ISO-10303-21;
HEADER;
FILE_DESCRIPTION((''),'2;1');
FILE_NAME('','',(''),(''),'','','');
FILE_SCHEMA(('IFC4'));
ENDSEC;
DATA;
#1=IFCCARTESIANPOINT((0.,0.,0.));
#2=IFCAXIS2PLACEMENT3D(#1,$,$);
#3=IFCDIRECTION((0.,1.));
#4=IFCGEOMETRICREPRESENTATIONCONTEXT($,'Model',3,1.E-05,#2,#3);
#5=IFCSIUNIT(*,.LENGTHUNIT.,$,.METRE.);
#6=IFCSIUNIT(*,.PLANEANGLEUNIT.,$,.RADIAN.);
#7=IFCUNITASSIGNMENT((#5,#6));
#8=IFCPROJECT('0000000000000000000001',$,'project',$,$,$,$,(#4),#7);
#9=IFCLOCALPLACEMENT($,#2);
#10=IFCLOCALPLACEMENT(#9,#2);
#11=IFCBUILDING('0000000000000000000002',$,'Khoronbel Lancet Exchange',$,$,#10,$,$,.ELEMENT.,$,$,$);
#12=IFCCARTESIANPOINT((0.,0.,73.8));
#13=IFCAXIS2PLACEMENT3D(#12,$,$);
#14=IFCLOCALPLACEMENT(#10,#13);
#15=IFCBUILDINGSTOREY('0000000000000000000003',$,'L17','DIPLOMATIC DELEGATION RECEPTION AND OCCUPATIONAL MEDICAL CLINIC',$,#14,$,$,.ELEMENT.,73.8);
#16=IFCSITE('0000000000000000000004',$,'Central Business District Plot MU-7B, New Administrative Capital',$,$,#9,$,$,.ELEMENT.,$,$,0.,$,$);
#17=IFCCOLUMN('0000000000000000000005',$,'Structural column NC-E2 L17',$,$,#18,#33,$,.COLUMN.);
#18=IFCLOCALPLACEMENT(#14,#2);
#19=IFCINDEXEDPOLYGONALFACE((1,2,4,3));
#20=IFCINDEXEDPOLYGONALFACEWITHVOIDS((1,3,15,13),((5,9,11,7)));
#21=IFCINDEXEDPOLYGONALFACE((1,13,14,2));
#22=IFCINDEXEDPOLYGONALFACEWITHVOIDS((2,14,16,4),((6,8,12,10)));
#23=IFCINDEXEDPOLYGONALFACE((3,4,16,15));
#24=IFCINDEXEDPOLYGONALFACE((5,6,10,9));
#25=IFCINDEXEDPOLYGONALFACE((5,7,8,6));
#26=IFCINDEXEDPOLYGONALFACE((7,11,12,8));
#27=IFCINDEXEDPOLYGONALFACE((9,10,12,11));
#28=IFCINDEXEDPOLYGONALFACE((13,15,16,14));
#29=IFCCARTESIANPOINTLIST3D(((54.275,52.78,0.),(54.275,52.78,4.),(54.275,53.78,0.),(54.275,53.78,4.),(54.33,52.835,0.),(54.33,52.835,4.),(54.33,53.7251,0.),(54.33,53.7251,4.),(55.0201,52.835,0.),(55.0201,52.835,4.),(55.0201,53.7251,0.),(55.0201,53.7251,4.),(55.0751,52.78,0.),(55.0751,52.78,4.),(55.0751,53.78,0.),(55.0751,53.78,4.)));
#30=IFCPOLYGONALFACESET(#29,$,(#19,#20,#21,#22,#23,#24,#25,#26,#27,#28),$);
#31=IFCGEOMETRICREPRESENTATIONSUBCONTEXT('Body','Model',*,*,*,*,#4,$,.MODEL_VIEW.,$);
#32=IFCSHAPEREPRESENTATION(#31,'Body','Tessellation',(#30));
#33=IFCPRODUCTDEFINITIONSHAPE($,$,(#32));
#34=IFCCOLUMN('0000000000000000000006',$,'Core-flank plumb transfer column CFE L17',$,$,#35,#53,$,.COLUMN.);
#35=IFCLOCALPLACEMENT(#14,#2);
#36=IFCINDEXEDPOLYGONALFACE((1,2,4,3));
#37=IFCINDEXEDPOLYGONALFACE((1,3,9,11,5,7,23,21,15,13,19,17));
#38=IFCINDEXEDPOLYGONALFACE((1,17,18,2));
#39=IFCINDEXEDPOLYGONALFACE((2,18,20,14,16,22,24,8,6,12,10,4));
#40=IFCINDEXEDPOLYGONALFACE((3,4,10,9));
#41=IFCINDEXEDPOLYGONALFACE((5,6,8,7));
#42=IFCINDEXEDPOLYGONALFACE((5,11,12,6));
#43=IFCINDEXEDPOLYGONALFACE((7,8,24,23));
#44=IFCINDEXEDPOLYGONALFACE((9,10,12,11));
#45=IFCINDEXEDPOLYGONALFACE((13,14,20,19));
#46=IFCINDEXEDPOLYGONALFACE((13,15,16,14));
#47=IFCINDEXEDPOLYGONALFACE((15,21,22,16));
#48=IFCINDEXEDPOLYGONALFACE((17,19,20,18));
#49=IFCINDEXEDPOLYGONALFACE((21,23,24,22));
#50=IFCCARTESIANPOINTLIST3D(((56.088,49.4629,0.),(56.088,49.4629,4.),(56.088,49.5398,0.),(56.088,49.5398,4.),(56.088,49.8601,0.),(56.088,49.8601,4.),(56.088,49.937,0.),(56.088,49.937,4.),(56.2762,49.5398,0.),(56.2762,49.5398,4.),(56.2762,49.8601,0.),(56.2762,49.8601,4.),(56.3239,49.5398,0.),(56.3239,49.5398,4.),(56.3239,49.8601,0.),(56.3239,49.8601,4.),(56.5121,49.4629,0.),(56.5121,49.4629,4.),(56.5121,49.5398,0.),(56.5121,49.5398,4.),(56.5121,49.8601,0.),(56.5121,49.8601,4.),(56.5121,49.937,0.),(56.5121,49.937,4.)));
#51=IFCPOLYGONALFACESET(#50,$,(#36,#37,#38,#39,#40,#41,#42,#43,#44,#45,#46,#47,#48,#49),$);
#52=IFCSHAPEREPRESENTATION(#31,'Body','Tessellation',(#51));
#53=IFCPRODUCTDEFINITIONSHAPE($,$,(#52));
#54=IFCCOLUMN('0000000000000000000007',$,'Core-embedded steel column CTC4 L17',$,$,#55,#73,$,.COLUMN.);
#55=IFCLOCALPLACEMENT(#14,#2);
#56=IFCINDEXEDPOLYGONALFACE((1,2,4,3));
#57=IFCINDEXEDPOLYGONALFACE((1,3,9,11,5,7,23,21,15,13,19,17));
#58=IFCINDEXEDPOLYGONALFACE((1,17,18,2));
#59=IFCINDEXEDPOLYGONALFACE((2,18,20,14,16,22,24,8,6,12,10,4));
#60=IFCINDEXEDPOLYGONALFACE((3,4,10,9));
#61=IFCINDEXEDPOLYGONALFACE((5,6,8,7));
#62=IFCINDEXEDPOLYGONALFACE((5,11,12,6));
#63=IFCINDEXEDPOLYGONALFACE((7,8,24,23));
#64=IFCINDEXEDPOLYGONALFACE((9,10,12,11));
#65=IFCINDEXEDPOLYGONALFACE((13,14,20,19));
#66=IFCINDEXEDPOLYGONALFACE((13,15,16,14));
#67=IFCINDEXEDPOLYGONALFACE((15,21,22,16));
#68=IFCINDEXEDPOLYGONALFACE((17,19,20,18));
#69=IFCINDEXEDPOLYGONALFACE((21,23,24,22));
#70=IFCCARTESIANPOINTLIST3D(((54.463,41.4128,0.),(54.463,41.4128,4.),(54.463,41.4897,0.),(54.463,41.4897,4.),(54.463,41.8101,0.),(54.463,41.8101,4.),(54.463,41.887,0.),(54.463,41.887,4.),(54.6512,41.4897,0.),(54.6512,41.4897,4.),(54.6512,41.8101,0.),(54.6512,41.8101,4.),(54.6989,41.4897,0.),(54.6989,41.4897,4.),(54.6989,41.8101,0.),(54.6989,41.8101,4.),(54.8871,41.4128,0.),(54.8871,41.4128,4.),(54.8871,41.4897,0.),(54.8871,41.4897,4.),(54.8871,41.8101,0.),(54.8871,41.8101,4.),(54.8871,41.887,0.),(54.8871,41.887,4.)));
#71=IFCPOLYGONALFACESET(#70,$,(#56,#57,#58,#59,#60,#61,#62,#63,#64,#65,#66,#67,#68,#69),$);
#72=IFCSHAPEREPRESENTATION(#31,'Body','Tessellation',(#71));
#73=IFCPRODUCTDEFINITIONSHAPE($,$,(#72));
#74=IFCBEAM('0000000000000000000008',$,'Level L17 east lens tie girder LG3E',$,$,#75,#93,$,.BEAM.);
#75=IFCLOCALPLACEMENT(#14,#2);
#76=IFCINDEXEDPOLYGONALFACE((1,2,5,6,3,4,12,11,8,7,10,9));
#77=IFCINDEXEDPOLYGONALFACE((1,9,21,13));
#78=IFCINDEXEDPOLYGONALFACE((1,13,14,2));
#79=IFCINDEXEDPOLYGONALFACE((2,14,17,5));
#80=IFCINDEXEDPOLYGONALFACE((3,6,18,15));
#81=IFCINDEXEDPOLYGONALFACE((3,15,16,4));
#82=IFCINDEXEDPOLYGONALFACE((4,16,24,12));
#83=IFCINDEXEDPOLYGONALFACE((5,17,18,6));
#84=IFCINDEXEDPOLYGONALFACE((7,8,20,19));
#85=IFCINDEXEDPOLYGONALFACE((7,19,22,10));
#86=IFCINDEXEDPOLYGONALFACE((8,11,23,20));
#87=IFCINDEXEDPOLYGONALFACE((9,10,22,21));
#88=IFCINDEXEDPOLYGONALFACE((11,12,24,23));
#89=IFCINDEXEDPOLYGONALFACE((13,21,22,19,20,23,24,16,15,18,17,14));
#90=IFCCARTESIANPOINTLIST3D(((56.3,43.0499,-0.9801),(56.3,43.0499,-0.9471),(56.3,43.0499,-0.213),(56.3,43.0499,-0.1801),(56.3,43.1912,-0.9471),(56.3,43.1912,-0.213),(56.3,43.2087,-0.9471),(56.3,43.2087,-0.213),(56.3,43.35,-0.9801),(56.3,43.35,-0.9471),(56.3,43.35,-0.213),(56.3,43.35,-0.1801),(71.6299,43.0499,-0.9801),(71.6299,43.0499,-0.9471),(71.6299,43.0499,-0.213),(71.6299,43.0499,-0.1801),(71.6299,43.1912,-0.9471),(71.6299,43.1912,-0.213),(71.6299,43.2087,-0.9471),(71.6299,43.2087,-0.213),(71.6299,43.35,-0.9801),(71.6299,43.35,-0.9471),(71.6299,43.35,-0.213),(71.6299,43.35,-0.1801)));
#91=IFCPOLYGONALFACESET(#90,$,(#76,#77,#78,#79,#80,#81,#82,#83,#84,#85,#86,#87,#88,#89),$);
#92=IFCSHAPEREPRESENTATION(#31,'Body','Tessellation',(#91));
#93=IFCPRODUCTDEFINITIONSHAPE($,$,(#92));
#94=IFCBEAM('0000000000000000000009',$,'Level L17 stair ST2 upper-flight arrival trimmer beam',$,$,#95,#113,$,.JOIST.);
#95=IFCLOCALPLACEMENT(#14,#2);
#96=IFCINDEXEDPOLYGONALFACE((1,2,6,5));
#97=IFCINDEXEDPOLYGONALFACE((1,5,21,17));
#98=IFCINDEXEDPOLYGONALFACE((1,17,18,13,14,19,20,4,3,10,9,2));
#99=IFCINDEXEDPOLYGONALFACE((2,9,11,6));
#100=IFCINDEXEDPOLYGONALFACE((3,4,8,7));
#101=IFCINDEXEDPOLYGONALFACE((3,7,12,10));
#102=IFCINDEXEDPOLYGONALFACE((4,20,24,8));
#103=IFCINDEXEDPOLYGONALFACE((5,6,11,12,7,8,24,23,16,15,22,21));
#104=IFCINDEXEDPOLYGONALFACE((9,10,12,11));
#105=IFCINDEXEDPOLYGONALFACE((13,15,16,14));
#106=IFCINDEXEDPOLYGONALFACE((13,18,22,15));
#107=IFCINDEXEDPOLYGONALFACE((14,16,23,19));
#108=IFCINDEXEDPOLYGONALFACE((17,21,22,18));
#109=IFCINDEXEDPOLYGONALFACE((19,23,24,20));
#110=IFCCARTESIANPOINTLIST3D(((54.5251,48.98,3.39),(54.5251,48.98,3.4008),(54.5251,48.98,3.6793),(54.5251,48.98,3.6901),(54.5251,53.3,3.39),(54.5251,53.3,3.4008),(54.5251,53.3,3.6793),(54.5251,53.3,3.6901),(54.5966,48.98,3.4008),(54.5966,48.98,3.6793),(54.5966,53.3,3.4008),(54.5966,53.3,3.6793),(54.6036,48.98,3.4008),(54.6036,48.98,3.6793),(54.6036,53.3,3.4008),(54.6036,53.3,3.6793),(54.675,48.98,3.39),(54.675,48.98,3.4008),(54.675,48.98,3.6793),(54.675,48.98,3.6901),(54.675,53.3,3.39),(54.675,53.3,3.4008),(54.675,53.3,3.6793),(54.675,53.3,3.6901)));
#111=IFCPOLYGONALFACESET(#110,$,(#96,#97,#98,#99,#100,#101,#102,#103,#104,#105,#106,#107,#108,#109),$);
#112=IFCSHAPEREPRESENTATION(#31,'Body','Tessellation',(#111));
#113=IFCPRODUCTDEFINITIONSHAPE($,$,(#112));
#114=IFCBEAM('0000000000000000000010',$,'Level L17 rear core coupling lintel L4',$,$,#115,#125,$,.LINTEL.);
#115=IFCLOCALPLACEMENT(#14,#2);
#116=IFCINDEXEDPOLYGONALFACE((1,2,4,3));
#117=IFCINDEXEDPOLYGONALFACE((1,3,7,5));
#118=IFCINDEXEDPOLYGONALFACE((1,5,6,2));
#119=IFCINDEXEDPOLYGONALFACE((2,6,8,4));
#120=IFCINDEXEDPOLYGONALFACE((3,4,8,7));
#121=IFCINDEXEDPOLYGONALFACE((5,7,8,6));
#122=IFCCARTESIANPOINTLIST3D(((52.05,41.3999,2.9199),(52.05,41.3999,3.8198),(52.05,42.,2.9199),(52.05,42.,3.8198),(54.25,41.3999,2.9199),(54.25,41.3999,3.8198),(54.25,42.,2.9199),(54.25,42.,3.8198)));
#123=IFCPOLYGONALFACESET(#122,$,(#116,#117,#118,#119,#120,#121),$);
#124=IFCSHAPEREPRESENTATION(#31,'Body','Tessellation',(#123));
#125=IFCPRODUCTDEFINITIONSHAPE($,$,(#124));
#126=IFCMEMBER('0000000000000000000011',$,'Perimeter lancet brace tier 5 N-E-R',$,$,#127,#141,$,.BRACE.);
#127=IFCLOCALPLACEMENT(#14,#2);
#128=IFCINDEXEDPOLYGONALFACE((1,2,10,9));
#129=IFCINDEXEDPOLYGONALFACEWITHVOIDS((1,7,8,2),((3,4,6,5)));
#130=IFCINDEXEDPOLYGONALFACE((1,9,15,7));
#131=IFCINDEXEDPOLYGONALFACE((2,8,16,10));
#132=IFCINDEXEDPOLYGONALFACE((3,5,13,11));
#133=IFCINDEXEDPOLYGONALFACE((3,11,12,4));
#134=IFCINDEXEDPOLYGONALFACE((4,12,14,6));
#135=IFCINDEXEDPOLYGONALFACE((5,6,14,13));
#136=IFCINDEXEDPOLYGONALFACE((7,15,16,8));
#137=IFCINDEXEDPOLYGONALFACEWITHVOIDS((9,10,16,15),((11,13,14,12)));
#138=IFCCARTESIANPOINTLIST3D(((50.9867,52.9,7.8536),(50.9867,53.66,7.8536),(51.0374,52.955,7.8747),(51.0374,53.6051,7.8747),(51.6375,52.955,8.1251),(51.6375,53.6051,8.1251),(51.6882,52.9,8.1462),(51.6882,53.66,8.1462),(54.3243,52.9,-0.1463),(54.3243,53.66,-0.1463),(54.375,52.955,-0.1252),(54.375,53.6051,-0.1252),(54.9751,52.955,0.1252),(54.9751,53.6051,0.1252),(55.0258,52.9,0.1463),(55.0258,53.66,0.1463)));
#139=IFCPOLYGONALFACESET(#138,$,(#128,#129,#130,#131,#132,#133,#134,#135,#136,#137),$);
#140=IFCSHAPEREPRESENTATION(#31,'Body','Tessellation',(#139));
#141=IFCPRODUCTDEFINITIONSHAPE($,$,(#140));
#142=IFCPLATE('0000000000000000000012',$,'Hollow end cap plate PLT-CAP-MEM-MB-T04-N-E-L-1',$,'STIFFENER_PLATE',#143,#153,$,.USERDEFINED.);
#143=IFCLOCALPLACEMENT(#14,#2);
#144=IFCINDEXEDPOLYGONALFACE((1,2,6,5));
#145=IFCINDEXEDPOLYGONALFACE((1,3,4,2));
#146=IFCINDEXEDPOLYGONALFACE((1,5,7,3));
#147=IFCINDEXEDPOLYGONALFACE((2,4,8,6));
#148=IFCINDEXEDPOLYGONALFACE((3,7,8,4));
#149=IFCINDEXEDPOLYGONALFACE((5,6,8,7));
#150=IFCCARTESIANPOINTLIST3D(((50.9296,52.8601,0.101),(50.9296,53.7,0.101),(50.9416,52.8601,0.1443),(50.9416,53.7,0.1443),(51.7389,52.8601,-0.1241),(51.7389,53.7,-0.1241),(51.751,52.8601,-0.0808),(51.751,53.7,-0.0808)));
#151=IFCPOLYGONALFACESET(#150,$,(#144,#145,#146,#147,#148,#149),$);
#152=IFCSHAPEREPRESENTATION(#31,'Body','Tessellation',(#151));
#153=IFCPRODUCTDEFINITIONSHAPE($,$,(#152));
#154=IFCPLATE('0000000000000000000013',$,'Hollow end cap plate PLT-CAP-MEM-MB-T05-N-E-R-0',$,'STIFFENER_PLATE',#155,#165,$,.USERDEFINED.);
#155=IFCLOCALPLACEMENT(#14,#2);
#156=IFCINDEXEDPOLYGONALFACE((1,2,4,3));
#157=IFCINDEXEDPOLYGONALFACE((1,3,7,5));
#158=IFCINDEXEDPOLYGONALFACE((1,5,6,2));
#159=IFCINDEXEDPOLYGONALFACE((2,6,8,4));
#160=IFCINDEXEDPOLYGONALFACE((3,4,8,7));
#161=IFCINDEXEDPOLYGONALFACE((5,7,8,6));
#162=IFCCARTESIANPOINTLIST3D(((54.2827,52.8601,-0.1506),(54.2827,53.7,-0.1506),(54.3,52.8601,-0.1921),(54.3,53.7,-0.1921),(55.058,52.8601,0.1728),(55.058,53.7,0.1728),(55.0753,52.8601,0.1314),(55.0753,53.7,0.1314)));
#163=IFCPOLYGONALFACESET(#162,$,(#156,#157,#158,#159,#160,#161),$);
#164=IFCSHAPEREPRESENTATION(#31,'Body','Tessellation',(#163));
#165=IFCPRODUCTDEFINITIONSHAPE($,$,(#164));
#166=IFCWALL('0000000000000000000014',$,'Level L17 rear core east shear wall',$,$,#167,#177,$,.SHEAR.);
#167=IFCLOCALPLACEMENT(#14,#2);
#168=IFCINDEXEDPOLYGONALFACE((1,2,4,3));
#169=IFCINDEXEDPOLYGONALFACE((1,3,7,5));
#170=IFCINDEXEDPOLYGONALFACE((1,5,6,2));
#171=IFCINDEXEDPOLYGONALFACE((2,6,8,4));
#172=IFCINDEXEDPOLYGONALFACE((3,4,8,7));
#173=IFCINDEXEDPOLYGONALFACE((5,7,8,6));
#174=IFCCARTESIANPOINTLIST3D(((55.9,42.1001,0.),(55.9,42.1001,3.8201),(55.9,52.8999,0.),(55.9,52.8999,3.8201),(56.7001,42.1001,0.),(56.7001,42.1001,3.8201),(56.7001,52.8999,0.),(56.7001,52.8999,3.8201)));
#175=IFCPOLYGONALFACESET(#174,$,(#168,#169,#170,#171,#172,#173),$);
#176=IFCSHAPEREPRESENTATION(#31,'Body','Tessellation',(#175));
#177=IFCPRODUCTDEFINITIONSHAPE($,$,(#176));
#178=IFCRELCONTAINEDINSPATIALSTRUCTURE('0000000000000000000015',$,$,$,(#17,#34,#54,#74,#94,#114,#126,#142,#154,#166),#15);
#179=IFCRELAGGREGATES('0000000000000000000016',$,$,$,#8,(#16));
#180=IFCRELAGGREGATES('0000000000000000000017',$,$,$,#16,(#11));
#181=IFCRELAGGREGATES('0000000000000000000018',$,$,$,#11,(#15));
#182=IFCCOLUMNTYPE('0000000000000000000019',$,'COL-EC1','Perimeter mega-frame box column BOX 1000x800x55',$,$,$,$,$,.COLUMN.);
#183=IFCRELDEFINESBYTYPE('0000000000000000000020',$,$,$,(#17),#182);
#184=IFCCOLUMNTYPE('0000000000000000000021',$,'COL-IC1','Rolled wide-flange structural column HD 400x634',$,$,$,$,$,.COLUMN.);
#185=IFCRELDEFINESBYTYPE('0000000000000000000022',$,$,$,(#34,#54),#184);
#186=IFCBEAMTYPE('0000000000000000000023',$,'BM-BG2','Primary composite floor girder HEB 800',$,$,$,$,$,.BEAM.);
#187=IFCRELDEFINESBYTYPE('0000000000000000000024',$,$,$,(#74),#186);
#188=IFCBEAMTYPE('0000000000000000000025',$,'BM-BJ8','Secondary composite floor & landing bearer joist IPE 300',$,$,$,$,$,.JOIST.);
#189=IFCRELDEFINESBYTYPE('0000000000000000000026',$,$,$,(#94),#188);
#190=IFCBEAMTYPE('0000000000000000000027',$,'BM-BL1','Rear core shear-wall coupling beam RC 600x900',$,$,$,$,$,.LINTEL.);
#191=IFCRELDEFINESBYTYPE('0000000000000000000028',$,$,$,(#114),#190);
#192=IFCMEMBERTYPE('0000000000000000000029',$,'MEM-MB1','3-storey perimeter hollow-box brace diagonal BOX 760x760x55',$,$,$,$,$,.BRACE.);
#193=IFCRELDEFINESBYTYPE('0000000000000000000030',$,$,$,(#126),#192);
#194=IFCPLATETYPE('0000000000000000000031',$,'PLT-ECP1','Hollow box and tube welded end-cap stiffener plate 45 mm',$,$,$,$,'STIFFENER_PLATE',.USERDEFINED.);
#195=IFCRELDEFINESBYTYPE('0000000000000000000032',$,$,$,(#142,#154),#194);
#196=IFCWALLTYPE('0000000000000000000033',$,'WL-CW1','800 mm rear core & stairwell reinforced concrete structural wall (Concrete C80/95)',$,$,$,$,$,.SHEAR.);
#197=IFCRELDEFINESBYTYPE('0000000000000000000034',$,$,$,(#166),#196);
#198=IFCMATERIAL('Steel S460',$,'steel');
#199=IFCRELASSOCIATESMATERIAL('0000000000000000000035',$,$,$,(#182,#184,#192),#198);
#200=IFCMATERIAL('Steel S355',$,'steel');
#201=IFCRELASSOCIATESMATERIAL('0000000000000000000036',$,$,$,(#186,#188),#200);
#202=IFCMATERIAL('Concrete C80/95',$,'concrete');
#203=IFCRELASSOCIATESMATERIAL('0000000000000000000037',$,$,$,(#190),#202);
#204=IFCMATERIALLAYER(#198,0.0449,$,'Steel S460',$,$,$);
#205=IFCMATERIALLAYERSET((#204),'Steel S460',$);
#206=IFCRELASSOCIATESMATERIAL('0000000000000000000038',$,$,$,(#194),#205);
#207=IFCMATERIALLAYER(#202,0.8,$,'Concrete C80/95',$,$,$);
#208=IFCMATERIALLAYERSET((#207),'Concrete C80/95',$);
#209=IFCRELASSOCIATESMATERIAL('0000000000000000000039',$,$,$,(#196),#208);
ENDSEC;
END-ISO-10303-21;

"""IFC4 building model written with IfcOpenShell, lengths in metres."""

from ifc_helpers import new_model, si_unit, direction, frame, frame_2d, origin, origin_2d, place, context, subcontext, project, spatial, polyline, rectangle, hollow_rectangle, i_section, outline, extrude, material, layer, layer_set, material_profile, profile_set, type_object, element, save


model = new_model("IFC4")

# Units and contexts
model_context = context("Model", 3, precision=1e-05, world=origin(), true_north=direction((0.0, 1.0)))
body_context = subcontext(model_context, "Body", "Model", "MODEL_VIEW")
ifc_project = project(units=[si_unit("LENGTHUNIT", "METRE"), si_unit("PLANEANGLEUNIT", "RADIAN")], contexts=[model_context])

# Site, building, storey
site_placement = place(None, origin())
site = spatial("IfcSite", under=ifc_project, at=site_placement, Name="Central Business District Plot MU-7B, New Administrative Capital", CompositionType="ELEMENT", RefElevation=0.0)
building_placement = place(site_placement, origin())
building = spatial("IfcBuilding", under=site, at=building_placement, Name="Khoronbel Lancet Exchange", CompositionType="ELEMENT")
storey_placement = place(building_placement, frame((0.0, 0.0, 73.8)))
storey = spatial("IfcBuildingStorey", under=building, at=storey_placement, Name="L17", Description="DIPLOMATIC DELEGATION RECEPTION AND OCCUPATIONAL MEDICAL CLINIC", CompositionType="ELEMENT", Elevation=73.8)

# Columns
ifc_material_1 = material(Name="Steel S460", Category="steel")
ifc_material_profile_1 = material_profile(ifc_material_1, hollow_rectangle(XDim=0.8, YDim=1.0, WallThickness=0.0549, at=origin_2d()), Name="BOX 1000x800x55")
ifc_profile_set_1 = profile_set([ifc_material_profile_1], Name="Steel S460")
column_type_1 = type_object("IfcColumnType", Name="COL-EC1", Description="Perimeter mega-frame box column BOX 1000x800x55", PredefinedType="COLUMN", material=ifc_profile_set_1)
column_placement = place(storey_placement, frame((54.675, 53.28, 0.0), z_axis=(0.0, 0.0, 1.0), x_axis=(1.0, 0.0, 0.0)))
element("IfcColumn", 1, at=column_placement, inside=storey, type_object=column_type_1, Name="Structural column NC-E2 L17", PredefinedType="COLUMN", context=body_context, shape_type="SweptSolid", body=[
    extrude(hollow_rectangle(XDim=0.8, YDim=1.0, WallThickness=0.0549, at=origin_2d()), origin(), (0.0, 0.0, 1.0), 4.0),
])
ifc_material_profile_2 = material_profile(ifc_material_1, i_section(OverallWidth=0.4241, OverallDepth=0.4741, WebThickness=0.0476, FlangeThickness=0.0769, at=origin_2d()), Name="HD 400x634")
ifc_profile_set_2 = profile_set([ifc_material_profile_2], Name="Steel S460")
column_type_2 = type_object("IfcColumnType", Name="COL-IC1", Description="Rolled wide-flange structural column HD 400x634", PredefinedType="COLUMN", material=ifc_profile_set_2)
for number, where, z_axis, x_axis, name in (
    (2, (56.3, 49.7, 0.0), (0.0, 0.0, 1.0), (1.0, 0.0, 0.0), "Core-flank plumb transfer column CFE L17"),
    (3, (54.675, 41.6499, 0.0), (0.0, 0.0, 1.0), (1.0, 0.0, 0.0), "Core-embedded steel column CTC4 L17"),
):
    element("IfcColumn", number, at=place(storey_placement, frame(where, z_axis=z_axis, x_axis=x_axis)), inside=storey, type_object=column_type_2, Name=name, PredefinedType="COLUMN", context=body_context, shape_type="SweptSolid", body=[
        extrude(i_section(OverallWidth=0.4241, OverallDepth=0.4741, WebThickness=0.0476, FlangeThickness=0.0769, at=origin_2d()), origin(), (0.0, 0.0, 1.0), 4.0),
    ])

# Beams
ifc_material_2 = material(Name="Steel S355", Category="steel")
ifc_material_profile_3 = material_profile(ifc_material_2, i_section(OverallWidth=0.3, OverallDepth=0.8, WebThickness=0.0176, FlangeThickness=0.033, at=origin_2d()), Name="HEB 800")
ifc_profile_set_3 = profile_set([ifc_material_profile_3], Name="Steel S355")
beam_type_1 = type_object("IfcBeamType", Name="BM-BG2", Description="Primary composite floor girder HEB 800", PredefinedType="BEAM", material=ifc_profile_set_3)
beam_1_placement = place(storey_placement, frame((56.3, 43.2, -0.5801), z_axis=(1.0, 0.0, 0.0), x_axis=(0.0, 1.0, 0.0)))
element("IfcBeam", 4, at=beam_1_placement, inside=storey, type_object=beam_type_1, Name="Level L17 east lens tie girder LG3E", PredefinedType="BEAM", context=body_context, shape_type="SweptSolid", body=[
    extrude(i_section(OverallWidth=0.3, OverallDepth=0.8, WebThickness=0.0176, FlangeThickness=0.033, at=origin_2d()), origin(), (0.0, 0.0, 1.0), 15.3298),
])
ifc_material_profile_4 = material_profile(ifc_material_2, i_section(OverallWidth=0.1499, OverallDepth=0.3, WebThickness=0.0071, FlangeThickness=0.0107, at=origin_2d()), Name="IPE 300")
ifc_profile_set_4 = profile_set([ifc_material_profile_4], Name="Steel S355")
beam_type_2 = type_object("IfcBeamType", Name="BM-BJ8", Description="Secondary composite floor & landing bearer joist IPE 300", PredefinedType="JOIST", material=ifc_profile_set_4)
beam_2_placement = place(storey_placement, frame((54.6001, 48.98, 3.54), z_axis=(0.0, 1.0, 0.0), x_axis=(-1.0, 0.0, 0.0)))
element("IfcBeam", 5, at=beam_2_placement, inside=storey, type_object=beam_type_2, Name="Level L17 stair ST2 upper-flight arrival trimmer beam", PredefinedType="JOIST", context=body_context, shape_type="SweptSolid", body=[
    extrude(i_section(OverallWidth=0.1499, OverallDepth=0.3, WebThickness=0.0071, FlangeThickness=0.0107, at=origin_2d()), origin(), (0.0, 0.0, 1.0), 4.3201),
])
ifc_material_3 = material(Name="Concrete C80/95", Category="concrete")
ifc_material_profile_5 = material_profile(ifc_material_3, rectangle(XDim=0.6001, YDim=0.8999, at=origin_2d()), Name="RC 600x900")
ifc_profile_set_5 = profile_set([ifc_material_profile_5], Name="Concrete C80/95")
beam_type_3 = type_object("IfcBeamType", Name="BM-BL1", Description="Rear core shear-wall coupling beam RC 600x900", PredefinedType="LINTEL", material=ifc_profile_set_5)
beam_3_placement = place(storey_placement, frame((52.05, 41.7, 3.3699), z_axis=(1.0, 0.0, 0.0), x_axis=(0.0, 1.0, 0.0)))
element("IfcBeam", 6, at=beam_3_placement, inside=storey, type_object=beam_type_3, Name="Level L17 rear core coupling lintel L4", PredefinedType="LINTEL", context=body_context, shape_type="SweptSolid", body=[
    extrude(rectangle(XDim=0.6001, YDim=0.8999, at=origin_2d()), origin(), (0.0, 0.0, 1.0), 2.2),
])

# Member
ifc_material_profile_6 = material_profile(ifc_material_1, hollow_rectangle(XDim=0.76, YDim=0.76, WallThickness=0.0549, at=origin_2d()), Name="BOX 760x760x55")
ifc_profile_set_6 = profile_set([ifc_material_profile_6], Name="Steel S460")
member_type = type_object("IfcMemberType", Name="MEM-MB1", Description="3-storey perimeter hollow-box brace diagonal BOX 760x760x55", PredefinedType="BRACE", material=ifc_profile_set_6)
member_placement = place(storey_placement, frame((54.675, 53.28, 0.0), z_axis=(-0.385039, 0.0, 0.9229), x_axis=(0.0, -1.0, 0.0)))
element("IfcMember", 7, at=member_placement, inside=storey, type_object=member_type, Name="Perimeter lancet brace tier 5 N-E-R", PredefinedType="BRACE", context=body_context, shape_type="SweptSolid", body=[
    extrude(hollow_rectangle(XDim=0.76, YDim=0.76, WallThickness=0.0549, at=origin_2d()), origin(), (0.0, 0.0, 1.0), 8.6682),
])

# Plates
ifc_layer_1 = layer(ifc_material_1, 0.0449, Name="Steel S460")
ifc_layer_set_1 = layer_set([ifc_layer_1], Name="Steel S460")
plate_type = type_object("IfcPlateType", Name="PLT-ECP1", Description="Hollow box and tube welded end-cap stiffener plate 45 mm", ElementType="STIFFENER_PLATE", PredefinedType="USERDEFINED", material=ifc_layer_set_1)
for number, where, z_axis, x_axis, name in (
    (8, (51.751, 52.8601, -0.0808), (0.267959, 0.0, 0.96343), (0.0, 1.0, 0.0), "Hollow end cap plate PLT-CAP-MEM-MB-T04-N-E-L-1"),
    (9, (54.2827, 53.7, -0.1506), (-0.385028, 0.0, 0.922905), (0.0, -1.0, 0.0), "Hollow end cap plate PLT-CAP-MEM-MB-T05-N-E-R-0"),
):
    element("IfcPlate", number, at=place(storey_placement, frame(where, z_axis=z_axis, x_axis=x_axis)), inside=storey, type_object=plate_type, Name=name, ObjectType="STIFFENER_PLATE", PredefinedType="USERDEFINED", context=body_context, shape_type="SweptSolid", body=[
        extrude(outline(polyline([(0.0, 0.0), (0.8398, 0.0), (0.8398, 0.8401), (0.0, 0.8401), (0.0, 0.0)])), origin(), (0.0, 0.0, -1.0), 0.0449),
    ])

# Wall
ifc_layer_2 = layer(ifc_material_3, 0.8, Name="Concrete C80/95")
ifc_layer_set_2 = layer_set([ifc_layer_2], Name="Concrete C80/95")
wall_type_1 = type_object("IfcWallType", Name="WL-CW1", Description="800 mm rear core & stairwell reinforced concrete structural wall (Concrete C80/95)", PredefinedType="SHEAR", material=ifc_layer_set_2)
wall_1_placement = place(storey_placement, frame((56.3, 52.8999, 0.0), z_axis=(0.0, 0.0, 1.0), x_axis=(0.0, -1.0, 0.0)))
element("IfcWall", 10, at=wall_1_placement, inside=storey, type_object=wall_type_1, Name="Level L17 rear core east shear wall", PredefinedType="SHEAR", context=body_context, shape_type="SweptSolid", body=[
    extrude(rectangle(XDim=10.7998, YDim=0.8, at=frame_2d((5.3999, 0.0))), origin(), (0.0, 0.0, 1.0), 3.8201),
])

save(model, "model.ifc")
